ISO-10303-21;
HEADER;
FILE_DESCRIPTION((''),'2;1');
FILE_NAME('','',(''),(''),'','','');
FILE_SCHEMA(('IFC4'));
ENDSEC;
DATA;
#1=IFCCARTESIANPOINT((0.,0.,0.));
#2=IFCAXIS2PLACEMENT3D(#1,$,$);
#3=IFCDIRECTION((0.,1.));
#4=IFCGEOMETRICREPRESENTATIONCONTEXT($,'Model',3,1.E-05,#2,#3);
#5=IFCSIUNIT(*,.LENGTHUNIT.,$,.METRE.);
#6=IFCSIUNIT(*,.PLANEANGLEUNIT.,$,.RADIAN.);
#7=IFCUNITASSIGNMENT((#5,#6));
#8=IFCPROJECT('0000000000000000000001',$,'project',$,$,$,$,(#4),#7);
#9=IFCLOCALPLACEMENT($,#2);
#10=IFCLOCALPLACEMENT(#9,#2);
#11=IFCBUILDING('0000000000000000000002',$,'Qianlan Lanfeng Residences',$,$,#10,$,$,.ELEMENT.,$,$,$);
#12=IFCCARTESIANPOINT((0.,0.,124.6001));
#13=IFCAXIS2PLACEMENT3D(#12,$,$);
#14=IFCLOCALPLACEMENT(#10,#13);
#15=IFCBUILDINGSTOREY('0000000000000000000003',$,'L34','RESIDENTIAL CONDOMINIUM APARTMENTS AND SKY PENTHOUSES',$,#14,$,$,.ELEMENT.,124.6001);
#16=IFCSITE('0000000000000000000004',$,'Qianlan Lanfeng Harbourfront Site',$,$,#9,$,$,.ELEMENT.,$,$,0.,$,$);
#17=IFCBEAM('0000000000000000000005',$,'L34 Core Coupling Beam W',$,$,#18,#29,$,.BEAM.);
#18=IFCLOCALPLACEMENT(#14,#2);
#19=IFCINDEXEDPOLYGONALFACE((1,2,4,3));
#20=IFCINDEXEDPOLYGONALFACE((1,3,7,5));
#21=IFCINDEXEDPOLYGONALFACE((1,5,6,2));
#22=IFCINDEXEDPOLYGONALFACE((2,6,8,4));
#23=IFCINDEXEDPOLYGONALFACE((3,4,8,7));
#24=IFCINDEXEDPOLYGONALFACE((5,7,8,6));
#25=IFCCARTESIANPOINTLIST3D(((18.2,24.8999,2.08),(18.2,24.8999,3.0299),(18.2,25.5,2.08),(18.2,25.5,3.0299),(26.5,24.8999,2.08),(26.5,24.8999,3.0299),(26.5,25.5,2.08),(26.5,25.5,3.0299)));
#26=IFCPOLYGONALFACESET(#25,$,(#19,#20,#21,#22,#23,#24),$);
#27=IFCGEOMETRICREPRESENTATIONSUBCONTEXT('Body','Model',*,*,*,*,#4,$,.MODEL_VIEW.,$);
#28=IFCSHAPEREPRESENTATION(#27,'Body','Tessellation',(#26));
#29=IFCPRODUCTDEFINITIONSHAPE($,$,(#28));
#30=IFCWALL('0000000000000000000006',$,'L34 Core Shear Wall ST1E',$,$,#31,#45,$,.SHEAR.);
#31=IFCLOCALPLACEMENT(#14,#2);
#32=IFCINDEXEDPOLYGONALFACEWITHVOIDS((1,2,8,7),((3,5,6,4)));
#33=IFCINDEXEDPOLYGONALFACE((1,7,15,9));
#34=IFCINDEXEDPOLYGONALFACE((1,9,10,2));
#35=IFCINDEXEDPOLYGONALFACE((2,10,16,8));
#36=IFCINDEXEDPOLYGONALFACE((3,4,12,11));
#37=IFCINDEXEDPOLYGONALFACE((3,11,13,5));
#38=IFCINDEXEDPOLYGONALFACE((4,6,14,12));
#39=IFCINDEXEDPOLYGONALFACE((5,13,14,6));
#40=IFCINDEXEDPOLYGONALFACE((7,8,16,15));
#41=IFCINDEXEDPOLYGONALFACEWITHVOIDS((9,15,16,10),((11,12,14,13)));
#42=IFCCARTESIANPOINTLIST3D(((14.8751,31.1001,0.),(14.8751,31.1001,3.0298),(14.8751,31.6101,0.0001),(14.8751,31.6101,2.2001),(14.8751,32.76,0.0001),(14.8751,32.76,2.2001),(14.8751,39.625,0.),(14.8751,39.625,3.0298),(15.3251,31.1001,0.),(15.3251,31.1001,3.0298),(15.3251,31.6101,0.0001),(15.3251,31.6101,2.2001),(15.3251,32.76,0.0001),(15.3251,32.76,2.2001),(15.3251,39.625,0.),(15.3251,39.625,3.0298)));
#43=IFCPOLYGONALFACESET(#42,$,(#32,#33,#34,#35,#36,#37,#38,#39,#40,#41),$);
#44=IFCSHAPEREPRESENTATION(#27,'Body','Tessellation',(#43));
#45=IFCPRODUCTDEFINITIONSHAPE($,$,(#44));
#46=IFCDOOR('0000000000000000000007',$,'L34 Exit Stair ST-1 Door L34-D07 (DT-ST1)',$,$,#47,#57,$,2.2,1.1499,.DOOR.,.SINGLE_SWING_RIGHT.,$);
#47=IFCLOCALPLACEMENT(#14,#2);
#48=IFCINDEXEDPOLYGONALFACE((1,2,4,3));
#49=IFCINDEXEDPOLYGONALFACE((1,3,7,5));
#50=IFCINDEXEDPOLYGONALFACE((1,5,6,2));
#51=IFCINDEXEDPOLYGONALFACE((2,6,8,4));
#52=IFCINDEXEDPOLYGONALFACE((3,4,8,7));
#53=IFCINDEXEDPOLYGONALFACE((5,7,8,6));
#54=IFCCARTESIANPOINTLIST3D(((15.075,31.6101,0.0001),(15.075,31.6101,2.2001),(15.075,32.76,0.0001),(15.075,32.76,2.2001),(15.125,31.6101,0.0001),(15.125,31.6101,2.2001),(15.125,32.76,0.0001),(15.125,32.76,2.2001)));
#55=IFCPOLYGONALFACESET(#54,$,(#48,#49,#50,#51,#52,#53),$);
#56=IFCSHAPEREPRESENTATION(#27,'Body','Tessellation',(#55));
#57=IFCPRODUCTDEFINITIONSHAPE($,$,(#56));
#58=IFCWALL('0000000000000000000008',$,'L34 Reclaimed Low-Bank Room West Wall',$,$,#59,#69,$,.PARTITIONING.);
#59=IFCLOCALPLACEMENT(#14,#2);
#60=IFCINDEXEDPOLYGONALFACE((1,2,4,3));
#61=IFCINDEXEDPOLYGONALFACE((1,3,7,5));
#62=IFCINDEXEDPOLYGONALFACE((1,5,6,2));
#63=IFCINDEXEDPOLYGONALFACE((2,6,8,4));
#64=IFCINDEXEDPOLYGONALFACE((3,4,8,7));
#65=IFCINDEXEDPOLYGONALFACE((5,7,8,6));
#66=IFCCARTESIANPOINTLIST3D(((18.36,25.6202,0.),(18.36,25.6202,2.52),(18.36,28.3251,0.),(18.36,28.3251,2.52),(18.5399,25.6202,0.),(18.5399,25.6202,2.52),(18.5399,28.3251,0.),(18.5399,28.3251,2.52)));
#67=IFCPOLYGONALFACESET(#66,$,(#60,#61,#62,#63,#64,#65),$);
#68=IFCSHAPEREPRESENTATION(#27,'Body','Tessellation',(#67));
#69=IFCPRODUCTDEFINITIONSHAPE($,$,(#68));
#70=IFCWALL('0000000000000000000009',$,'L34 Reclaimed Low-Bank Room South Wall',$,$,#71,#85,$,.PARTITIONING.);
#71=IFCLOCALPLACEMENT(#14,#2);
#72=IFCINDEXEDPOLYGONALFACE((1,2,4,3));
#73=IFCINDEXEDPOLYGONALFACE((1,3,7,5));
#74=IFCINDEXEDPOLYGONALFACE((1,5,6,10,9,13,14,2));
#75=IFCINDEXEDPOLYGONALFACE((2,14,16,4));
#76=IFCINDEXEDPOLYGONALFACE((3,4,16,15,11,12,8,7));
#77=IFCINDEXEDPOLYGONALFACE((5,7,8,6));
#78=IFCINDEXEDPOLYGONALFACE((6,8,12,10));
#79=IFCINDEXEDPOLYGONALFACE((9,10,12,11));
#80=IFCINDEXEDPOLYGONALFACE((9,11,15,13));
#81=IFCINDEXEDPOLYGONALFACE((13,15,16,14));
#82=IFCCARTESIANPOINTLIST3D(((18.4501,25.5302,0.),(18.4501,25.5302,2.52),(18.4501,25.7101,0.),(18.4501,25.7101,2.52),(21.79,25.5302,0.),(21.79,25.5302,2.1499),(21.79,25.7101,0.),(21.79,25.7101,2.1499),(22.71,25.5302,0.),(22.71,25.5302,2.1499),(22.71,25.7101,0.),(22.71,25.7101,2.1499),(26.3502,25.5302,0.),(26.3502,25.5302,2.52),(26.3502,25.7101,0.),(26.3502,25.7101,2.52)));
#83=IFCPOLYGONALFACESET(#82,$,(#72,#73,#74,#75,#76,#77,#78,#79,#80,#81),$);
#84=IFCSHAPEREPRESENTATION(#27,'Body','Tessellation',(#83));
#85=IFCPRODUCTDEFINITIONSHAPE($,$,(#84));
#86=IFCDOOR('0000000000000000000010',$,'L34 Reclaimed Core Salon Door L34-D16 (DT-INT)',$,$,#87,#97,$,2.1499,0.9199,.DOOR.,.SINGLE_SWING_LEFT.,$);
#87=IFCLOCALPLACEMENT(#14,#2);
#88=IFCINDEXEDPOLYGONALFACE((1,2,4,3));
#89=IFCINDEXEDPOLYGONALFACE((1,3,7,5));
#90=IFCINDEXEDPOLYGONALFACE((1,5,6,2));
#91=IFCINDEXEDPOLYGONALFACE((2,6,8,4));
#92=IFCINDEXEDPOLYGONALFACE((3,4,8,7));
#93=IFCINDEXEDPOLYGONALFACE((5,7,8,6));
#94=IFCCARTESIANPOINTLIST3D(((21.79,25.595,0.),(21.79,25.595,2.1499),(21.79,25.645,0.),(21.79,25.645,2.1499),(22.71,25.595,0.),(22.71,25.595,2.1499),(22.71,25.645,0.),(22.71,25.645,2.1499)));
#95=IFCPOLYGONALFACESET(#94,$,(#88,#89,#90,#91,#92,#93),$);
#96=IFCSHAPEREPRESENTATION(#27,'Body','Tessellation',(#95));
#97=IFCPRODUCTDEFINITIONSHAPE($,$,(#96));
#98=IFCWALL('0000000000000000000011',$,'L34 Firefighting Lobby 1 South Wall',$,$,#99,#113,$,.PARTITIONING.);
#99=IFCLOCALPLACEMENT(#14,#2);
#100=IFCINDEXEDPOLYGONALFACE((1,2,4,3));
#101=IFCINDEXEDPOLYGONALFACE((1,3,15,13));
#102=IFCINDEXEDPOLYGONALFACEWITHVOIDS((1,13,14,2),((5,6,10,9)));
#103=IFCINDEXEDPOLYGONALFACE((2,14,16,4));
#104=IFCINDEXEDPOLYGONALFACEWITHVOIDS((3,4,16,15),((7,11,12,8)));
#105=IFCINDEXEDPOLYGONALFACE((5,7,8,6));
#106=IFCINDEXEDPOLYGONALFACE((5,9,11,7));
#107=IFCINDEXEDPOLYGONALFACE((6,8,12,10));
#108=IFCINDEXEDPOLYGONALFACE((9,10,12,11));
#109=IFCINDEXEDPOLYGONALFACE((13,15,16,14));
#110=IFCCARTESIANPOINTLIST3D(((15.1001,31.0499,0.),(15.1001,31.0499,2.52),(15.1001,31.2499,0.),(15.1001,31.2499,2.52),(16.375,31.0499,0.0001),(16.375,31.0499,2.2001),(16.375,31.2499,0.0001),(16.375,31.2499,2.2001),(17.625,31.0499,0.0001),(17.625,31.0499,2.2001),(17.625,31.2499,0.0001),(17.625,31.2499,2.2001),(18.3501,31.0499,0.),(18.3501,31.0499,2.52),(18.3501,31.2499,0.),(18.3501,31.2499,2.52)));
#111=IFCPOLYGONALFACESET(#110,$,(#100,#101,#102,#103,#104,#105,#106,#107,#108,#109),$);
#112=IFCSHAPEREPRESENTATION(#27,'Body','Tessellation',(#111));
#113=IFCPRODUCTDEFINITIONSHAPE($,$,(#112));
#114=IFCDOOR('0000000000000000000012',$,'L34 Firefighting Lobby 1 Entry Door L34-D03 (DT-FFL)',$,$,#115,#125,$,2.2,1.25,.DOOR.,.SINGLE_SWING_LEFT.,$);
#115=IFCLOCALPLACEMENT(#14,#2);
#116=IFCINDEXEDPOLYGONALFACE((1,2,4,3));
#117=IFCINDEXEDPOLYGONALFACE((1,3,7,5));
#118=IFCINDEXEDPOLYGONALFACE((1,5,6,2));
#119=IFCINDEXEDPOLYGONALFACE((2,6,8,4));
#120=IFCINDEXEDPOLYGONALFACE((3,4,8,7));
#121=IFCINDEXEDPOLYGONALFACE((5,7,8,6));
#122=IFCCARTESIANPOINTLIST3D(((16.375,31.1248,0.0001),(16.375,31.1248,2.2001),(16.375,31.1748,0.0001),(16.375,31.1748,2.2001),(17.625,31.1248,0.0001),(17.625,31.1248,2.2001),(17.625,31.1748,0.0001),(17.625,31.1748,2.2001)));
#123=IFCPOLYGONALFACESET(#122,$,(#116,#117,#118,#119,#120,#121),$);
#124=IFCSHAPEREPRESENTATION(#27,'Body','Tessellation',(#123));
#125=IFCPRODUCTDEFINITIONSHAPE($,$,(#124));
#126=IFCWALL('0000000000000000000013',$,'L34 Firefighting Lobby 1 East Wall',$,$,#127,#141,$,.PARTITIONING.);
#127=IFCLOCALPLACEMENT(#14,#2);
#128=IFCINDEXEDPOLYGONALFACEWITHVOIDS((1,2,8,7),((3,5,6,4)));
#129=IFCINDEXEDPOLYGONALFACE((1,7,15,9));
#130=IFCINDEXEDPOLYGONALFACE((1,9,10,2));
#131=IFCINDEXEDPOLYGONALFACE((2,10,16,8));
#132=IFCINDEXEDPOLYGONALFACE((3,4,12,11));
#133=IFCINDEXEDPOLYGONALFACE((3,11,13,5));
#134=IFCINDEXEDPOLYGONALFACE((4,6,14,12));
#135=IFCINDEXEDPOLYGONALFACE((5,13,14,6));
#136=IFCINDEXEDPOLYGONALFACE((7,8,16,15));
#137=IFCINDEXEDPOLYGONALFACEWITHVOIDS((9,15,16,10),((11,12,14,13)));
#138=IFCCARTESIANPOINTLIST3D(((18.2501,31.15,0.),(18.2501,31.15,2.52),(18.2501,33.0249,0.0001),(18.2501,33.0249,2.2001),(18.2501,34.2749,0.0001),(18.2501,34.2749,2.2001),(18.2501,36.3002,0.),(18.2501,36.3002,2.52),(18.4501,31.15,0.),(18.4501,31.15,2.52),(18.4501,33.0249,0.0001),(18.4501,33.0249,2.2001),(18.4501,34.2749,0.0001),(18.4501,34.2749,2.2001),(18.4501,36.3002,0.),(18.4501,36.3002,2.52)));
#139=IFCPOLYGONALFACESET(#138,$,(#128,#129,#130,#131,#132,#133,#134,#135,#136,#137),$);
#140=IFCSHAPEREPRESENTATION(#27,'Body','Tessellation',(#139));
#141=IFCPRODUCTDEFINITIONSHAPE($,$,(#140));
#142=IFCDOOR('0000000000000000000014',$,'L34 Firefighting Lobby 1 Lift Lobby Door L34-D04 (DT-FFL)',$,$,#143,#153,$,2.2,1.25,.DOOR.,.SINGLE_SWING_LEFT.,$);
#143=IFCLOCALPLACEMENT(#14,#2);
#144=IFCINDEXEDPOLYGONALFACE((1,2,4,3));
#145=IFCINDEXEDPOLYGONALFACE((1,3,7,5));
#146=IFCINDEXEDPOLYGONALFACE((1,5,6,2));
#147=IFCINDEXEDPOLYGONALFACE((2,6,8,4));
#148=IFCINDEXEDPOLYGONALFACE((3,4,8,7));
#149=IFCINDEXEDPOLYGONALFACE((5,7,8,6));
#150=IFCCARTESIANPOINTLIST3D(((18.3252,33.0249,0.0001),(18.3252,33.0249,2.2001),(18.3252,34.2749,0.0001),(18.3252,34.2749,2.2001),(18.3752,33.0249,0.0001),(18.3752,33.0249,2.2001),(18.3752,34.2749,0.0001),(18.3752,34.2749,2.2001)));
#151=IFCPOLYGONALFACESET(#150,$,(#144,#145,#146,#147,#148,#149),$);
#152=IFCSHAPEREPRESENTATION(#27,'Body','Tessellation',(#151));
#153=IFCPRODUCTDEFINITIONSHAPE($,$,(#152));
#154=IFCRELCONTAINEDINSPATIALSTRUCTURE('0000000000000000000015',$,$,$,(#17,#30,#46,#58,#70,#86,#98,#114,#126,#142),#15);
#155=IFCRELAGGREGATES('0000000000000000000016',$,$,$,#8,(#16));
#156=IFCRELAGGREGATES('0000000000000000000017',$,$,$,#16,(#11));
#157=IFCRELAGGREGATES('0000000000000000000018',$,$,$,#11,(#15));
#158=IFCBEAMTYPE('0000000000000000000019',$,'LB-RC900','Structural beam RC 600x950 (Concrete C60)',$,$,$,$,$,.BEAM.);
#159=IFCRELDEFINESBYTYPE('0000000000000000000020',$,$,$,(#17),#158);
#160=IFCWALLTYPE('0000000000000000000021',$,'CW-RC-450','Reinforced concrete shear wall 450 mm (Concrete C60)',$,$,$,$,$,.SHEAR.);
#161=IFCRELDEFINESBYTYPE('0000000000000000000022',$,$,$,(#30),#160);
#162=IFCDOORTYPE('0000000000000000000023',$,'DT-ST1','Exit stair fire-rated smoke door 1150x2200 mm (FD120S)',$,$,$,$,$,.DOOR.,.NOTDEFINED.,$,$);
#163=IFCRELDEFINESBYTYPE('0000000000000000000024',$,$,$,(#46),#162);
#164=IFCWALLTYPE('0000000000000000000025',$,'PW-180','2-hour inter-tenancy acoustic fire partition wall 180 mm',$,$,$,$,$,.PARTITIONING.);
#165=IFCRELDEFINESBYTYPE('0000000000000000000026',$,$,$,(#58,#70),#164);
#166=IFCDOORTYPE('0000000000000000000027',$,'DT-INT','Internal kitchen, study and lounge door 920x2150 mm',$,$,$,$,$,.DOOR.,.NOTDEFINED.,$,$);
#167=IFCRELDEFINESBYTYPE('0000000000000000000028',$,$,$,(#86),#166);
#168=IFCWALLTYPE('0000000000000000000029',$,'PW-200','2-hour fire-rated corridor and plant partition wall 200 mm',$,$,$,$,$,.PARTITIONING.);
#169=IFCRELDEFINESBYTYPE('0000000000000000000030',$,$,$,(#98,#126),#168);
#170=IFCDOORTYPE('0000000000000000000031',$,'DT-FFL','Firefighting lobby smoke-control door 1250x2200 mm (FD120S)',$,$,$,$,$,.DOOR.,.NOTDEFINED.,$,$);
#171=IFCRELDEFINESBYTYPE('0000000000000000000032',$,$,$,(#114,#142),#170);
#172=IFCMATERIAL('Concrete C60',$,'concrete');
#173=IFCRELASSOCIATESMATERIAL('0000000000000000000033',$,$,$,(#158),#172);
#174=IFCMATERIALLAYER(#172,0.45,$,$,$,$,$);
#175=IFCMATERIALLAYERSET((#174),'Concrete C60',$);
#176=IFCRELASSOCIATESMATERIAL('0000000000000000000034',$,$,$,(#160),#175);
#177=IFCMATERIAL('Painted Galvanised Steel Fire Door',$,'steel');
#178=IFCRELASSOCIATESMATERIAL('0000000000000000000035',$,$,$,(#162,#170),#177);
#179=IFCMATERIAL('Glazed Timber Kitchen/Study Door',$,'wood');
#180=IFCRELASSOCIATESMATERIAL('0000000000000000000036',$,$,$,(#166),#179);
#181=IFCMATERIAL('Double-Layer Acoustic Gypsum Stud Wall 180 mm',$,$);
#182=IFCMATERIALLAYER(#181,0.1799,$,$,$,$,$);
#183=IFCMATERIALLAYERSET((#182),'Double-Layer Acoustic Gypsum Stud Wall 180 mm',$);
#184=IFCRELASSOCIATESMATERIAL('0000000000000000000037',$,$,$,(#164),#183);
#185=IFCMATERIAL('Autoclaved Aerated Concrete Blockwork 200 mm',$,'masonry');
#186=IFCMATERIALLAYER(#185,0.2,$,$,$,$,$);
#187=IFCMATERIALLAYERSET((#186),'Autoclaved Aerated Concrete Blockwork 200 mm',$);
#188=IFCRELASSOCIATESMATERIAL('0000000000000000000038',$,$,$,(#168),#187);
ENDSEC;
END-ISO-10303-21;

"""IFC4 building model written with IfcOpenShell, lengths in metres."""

from ifc_helpers import new_model, si_unit, direction, frame, frame_2d, origin, origin_2d, place, context, subcontext, project, spatial, rectangle, extrude, material, layer, layer_set, material_profile, profile_set, type_object, element, fill, save


model = new_model("IFC4")

# Units and contexts
model_context = context("Model", 3, precision=1e-05, world=origin(), true_north=direction((0.0, 1.0)))
body_context = subcontext(model_context, "Body", "Model", "MODEL_VIEW")
ifc_project = project(units=[si_unit("LENGTHUNIT", "METRE"), si_unit("PLANEANGLEUNIT", "RADIAN")], contexts=[model_context])

# Site, building, storey
site_placement = place(None, origin())
site = spatial("IfcSite", under=ifc_project, at=site_placement, Name="Qianlan Lanfeng Harbourfront Site", CompositionType="ELEMENT", RefElevation=0.0)
building_placement = place(site_placement, origin())
building = spatial("IfcBuilding", under=site, at=building_placement, Name="Qianlan Lanfeng Residences", CompositionType="ELEMENT")
storey_placement = place(building_placement, frame((0.0, 0.0, 124.6001)))
storey = spatial("IfcBuildingStorey", under=building, at=storey_placement, Name="L34", Description="RESIDENTIAL CONDOMINIUM APARTMENTS AND SKY PENTHOUSES", CompositionType="ELEMENT", Elevation=124.6001)

# Beam
ifc_material_1 = material(Name="Concrete C60", Category="concrete")
ifc_material_profile = material_profile(ifc_material_1, rectangle(XDim=0.6001, YDim=0.95, at=origin_2d()), Name="RC 600x950")
ifc_profile_set = profile_set([ifc_material_profile], Name="Concrete C60")
beam_type = type_object("IfcBeamType", Name="LB-RC900", Description="Structural beam RC 600x950 (Concrete C60)", PredefinedType="BEAM", material=ifc_profile_set)
beam_placement = place(storey_placement, frame((18.2, 25.2, 2.5549), z_axis=(1.0, 0.0, 0.0), x_axis=(0.0, 1.0, 0.0)))
element("IfcBeam", 1, at=beam_placement, inside=storey, type_object=beam_type, Name="L34 Core Coupling Beam W", PredefinedType="BEAM", context=body_context, shape_type="SweptSolid", body=[
    extrude(rectangle(XDim=0.6001, YDim=0.95, at=origin_2d()), origin(), (0.0, 0.0, 1.0), 8.3),
])

# Wall, opening, door
ifc_layer_1 = layer(ifc_material_1, 0.45)
ifc_layer_set_1 = layer_set([ifc_layer_1], Name="Concrete C60")
wall_type_1 = type_object("IfcWallType", Name="CW-RC-450", Description="Reinforced concrete shear wall 450 mm (Concrete C60)", PredefinedType="SHEAR", material=ifc_layer_set_1)
wall_1_placement = place(storey_placement, frame((15.1001, 31.1001, 0.0), z_axis=(0.0, 0.0, 1.0), x_axis=(0.0, 1.0, 0.0)))
wall_1 = element("IfcWall", 2, at=wall_1_placement, inside=storey, type_object=wall_type_1, Name="L34 Core Shear Wall ST1E", PredefinedType="SHEAR", context=body_context, shape_type="SweptSolid", body=[
    extrude(rectangle(XDim=8.5249, YDim=0.45, at=frame_2d((4.2625, 0.0))), origin(), (0.0, 0.0, 1.0), 3.0298),
])
opening_1_placement = place(wall_1_placement, frame((0.51, 0.0, 0.0)))
opening_1 = element("IfcOpeningElement", 3, at=opening_1_placement, cuts=wall_1, PredefinedType="OPENING", context=body_context, shape_type="SweptSolid", body=[
    extrude(rectangle(XDim=1.1499, YDim=2.2, at=frame_2d((0.575, 1.1001))), frame((0.0, 0.2349, 0.0), z_axis=(0.0, -1.0, 0.0), x_axis=(1.0, 0.0, 0.0)), (0.0, 0.0, 1.0), 0.47),
])
ifc_material_2 = material(Name="Painted Galvanised Steel Fire Door", Category="steel")
door_type_1 = type_object("IfcDoorType", Name="DT-ST1", Description="Exit stair fire-rated smoke door 1150x2200 mm (FD120S)", OperationType="NOTDEFINED", PredefinedType="DOOR", material=ifc_material_2)
door_1_placement = place(opening_1_placement, frame((1.1499, 0.0, 0.0), z_axis=(0.0, 0.0, 1.0), x_axis=(-1.0, 0.0, 0.0)))
door_1 = element("IfcDoor", 4, at=door_1_placement, inside=storey, type_object=door_type_1, Name="L34 Exit Stair ST-1 Door L34-D07 (DT-ST1)", OperationType="SINGLE_SWING_RIGHT", OverallHeight=2.2, OverallWidth=1.1499, PredefinedType="DOOR", context=body_context, shape_type="SweptSolid", body=[
    extrude(rectangle(XDim=1.1499, YDim=2.2, at=frame_2d((0.575, 1.1001))), frame((0.0, 0.0249, 0.0), z_axis=(0.0, -1.0, 0.0), x_axis=(1.0, 0.0, 0.0)), (0.0, 0.0, 1.0), 0.05),
])
fill(opening_1, door_1)

# Shared definitions
ifc_material_3 = material(Name="Glazed Timber Kitchen/Study Door", Category="wood")
door_type_2 = type_object("IfcDoorType", Name="DT-INT", Description="Internal kitchen, study and lounge door 920x2150 mm", OperationType="NOTDEFINED", PredefinedType="DOOR", material=ifc_material_3)

# Shared definitions
ifc_material_4 = material(Name="Double-Layer Acoustic Gypsum Stud Wall 180 mm")
ifc_layer_2 = layer(ifc_material_4, 0.1799)
ifc_layer_set_2 = layer_set([ifc_layer_2], Name="Double-Layer Acoustic Gypsum Stud Wall 180 mm")
wall_type_2 = type_object("IfcWallType", Name="PW-180", Description="2-hour inter-tenancy acoustic fire partition wall 180 mm", PredefinedType="PARTITIONING", material=ifc_layer_set_2)

# Wall
wall_2_placement = place(storey_placement, frame((18.45, 25.6201, 0.0), z_axis=(0.0, 0.0, 1.0), x_axis=(0.0, 1.0, 0.0)))
element("IfcWall", 5, at=wall_2_placement, inside=storey, type_object=wall_type_2, Name="L34 Reclaimed Low-Bank Room West Wall", PredefinedType="PARTITIONING", context=body_context, shape_type="SweptSolid", body=[
    extrude(rectangle(XDim=2.7048, YDim=0.1799, at=frame_2d((1.3525, 0.0))), origin(), (0.0, 0.0, 1.0), 2.52),
])

# Walls, openings, doors
wall_3_placement = place(storey_placement, frame((18.45, 25.6201, 0.0), z_axis=(0.0, 0.0, 1.0), x_axis=(1.0, 0.0, 0.0)))
wall_3 = element("IfcWall", 6, at=wall_3_placement, inside=storey, type_object=wall_type_2, Name="L34 Reclaimed Low-Bank Room South Wall", PredefinedType="PARTITIONING", context=body_context, shape_type="SweptSolid", body=[
    extrude(rectangle(XDim=7.9001, YDim=0.1799, at=frame_2d((3.9502, 0.0))), origin(), (0.0, 0.0, 1.0), 2.52),
])
opening_2_placement = place(wall_3_placement, frame((3.3401, 0.0, 0.0)))
opening_2 = element("IfcOpeningElement", 7, at=opening_2_placement, cuts=wall_3, PredefinedType="OPENING", context=body_context, shape_type="SweptSolid", body=[
    extrude(rectangle(XDim=0.9199, YDim=2.1499, at=frame_2d((0.46, 1.075))), frame((0.0, 0.1001, 0.0), z_axis=(0.0, -1.0, 0.0), x_axis=(1.0, 0.0, 0.0)), (0.0, 0.0, 1.0), 0.2),
])
door_2_placement = place(opening_2_placement, origin())
door_2 = element("IfcDoor", 8, at=door_2_placement, inside=storey, type_object=door_type_2, Name="L34 Reclaimed Core Salon Door L34-D16 (DT-INT)", OperationType="SINGLE_SWING_LEFT", OverallHeight=2.1499, OverallWidth=0.9199, PredefinedType="DOOR", context=body_context, shape_type="SweptSolid", body=[
    extrude(rectangle(XDim=0.9199, YDim=2.1499, at=frame_2d((0.46, 1.075))), frame((0.0, 0.0249, 0.0), z_axis=(0.0, -1.0, 0.0), x_axis=(1.0, 0.0, 0.0)), (0.0, 0.0, 1.0), 0.05),
])
fill(opening_2, door_2)
ifc_material_5 = material(Name="Autoclaved Aerated Concrete Blockwork 200 mm", Category="masonry")
ifc_layer_3 = layer(ifc_material_5, 0.2)
ifc_layer_set_3 = layer_set([ifc_layer_3], Name="Autoclaved Aerated Concrete Blockwork 200 mm")
wall_type_3 = type_object("IfcWallType", Name="PW-200", Description="2-hour fire-rated corridor and plant partition wall 200 mm", PredefinedType="PARTITIONING", material=ifc_layer_set_3)
wall_4_placement = place(storey_placement, frame((15.1001, 31.1499, 0.0), z_axis=(0.0, 0.0, 1.0), x_axis=(1.0, 0.0, 0.0)))
wall_4 = element("IfcWall", 9, at=wall_4_placement, inside=storey, type_object=wall_type_3, Name="L34 Firefighting Lobby 1 South Wall", PredefinedType="PARTITIONING", context=body_context, shape_type="SweptSolid", body=[
    extrude(rectangle(XDim=3.25, YDim=0.2, at=frame_2d((1.625, 0.0))), origin(), (0.0, 0.0, 1.0), 2.52),
])
opening_3_placement = place(wall_4_placement, frame((1.2749, 0.0, 0.0)))
opening_3 = element("IfcOpeningElement", 10, at=opening_3_placement, cuts=wall_4, PredefinedType="OPENING", context=body_context, shape_type="SweptSolid", body=[
    extrude(rectangle(XDim=1.25, YDim=2.2, at=frame_2d((0.625, 1.1001))), frame((0.0, 0.1099, 0.0), z_axis=(0.0, -1.0, 0.0), x_axis=(1.0, 0.0, 0.0)), (0.0, 0.0, 1.0), 0.22),
])
door_type_3 = type_object("IfcDoorType", Name="DT-FFL", Description="Firefighting lobby smoke-control door 1250x2200 mm (FD120S)", OperationType="NOTDEFINED", PredefinedType="DOOR", material=ifc_material_2)
door_3_placement = place(opening_3_placement, origin())
door_3 = element("IfcDoor", 11, at=door_3_placement, inside=storey, type_object=door_type_3, Name="L34 Firefighting Lobby 1 Entry Door L34-D03 (DT-FFL)", OperationType="SINGLE_SWING_LEFT", OverallHeight=2.2, OverallWidth=1.25, PredefinedType="DOOR", context=body_context, shape_type="SweptSolid", body=[
    extrude(rectangle(XDim=1.25, YDim=2.2, at=frame_2d((0.625, 1.1001))), frame((0.0, 0.0249, 0.0), z_axis=(0.0, -1.0, 0.0), x_axis=(1.0, 0.0, 0.0)), (0.0, 0.0, 1.0), 0.05),
])
fill(opening_3, door_3)
wall_5_placement = place(storey_placement, frame((18.3501, 31.1499, 0.0), z_axis=(0.0, 0.0, 1.0), x_axis=(0.0, 1.0, 0.0)))
wall_5 = element("IfcWall", 12, at=wall_5_placement, inside=storey, type_object=wall_type_3, Name="L34 Firefighting Lobby 1 East Wall", PredefinedType="PARTITIONING", context=body_context, shape_type="SweptSolid", body=[
    extrude(rectangle(XDim=5.1501, YDim=0.2, at=frame_2d((2.5752, 0.0))), origin(), (0.0, 0.0, 1.0), 2.52),
])
opening_4_placement = place(wall_5_placement, frame((1.875, 0.0, 0.0)))
opening_4 = element("IfcOpeningElement", 13, at=opening_4_placement, cuts=wall_5, PredefinedType="OPENING", context=body_context, shape_type="SweptSolid", body=[
    extrude(rectangle(XDim=1.25, YDim=2.2, at=frame_2d((0.625, 1.1001))), frame((0.0, 0.1099, 0.0), z_axis=(0.0, -1.0, 0.0), x_axis=(1.0, 0.0, 0.0)), (0.0, 0.0, 1.0), 0.22),
])
door_4_placement = place(opening_4_placement, origin())
door_4 = element("IfcDoor", 14, at=door_4_placement, inside=storey, type_object=door_type_3, Name="L34 Firefighting Lobby 1 Lift Lobby Door L34-D04 (DT-FFL)", OperationType="SINGLE_SWING_LEFT", OverallHeight=2.2, OverallWidth=1.25, PredefinedType="DOOR", context=body_context, shape_type="SweptSolid", body=[
    extrude(rectangle(XDim=1.25, YDim=2.2, at=frame_2d((0.625, 1.1001))), frame((0.0, 0.0249, 0.0), z_axis=(0.0, -1.0, 0.0), x_axis=(1.0, 0.0, 0.0)), (0.0, 0.0, 1.0), 0.05),
])
fill(opening_4, door_4)

save(model, "model.ifc")
